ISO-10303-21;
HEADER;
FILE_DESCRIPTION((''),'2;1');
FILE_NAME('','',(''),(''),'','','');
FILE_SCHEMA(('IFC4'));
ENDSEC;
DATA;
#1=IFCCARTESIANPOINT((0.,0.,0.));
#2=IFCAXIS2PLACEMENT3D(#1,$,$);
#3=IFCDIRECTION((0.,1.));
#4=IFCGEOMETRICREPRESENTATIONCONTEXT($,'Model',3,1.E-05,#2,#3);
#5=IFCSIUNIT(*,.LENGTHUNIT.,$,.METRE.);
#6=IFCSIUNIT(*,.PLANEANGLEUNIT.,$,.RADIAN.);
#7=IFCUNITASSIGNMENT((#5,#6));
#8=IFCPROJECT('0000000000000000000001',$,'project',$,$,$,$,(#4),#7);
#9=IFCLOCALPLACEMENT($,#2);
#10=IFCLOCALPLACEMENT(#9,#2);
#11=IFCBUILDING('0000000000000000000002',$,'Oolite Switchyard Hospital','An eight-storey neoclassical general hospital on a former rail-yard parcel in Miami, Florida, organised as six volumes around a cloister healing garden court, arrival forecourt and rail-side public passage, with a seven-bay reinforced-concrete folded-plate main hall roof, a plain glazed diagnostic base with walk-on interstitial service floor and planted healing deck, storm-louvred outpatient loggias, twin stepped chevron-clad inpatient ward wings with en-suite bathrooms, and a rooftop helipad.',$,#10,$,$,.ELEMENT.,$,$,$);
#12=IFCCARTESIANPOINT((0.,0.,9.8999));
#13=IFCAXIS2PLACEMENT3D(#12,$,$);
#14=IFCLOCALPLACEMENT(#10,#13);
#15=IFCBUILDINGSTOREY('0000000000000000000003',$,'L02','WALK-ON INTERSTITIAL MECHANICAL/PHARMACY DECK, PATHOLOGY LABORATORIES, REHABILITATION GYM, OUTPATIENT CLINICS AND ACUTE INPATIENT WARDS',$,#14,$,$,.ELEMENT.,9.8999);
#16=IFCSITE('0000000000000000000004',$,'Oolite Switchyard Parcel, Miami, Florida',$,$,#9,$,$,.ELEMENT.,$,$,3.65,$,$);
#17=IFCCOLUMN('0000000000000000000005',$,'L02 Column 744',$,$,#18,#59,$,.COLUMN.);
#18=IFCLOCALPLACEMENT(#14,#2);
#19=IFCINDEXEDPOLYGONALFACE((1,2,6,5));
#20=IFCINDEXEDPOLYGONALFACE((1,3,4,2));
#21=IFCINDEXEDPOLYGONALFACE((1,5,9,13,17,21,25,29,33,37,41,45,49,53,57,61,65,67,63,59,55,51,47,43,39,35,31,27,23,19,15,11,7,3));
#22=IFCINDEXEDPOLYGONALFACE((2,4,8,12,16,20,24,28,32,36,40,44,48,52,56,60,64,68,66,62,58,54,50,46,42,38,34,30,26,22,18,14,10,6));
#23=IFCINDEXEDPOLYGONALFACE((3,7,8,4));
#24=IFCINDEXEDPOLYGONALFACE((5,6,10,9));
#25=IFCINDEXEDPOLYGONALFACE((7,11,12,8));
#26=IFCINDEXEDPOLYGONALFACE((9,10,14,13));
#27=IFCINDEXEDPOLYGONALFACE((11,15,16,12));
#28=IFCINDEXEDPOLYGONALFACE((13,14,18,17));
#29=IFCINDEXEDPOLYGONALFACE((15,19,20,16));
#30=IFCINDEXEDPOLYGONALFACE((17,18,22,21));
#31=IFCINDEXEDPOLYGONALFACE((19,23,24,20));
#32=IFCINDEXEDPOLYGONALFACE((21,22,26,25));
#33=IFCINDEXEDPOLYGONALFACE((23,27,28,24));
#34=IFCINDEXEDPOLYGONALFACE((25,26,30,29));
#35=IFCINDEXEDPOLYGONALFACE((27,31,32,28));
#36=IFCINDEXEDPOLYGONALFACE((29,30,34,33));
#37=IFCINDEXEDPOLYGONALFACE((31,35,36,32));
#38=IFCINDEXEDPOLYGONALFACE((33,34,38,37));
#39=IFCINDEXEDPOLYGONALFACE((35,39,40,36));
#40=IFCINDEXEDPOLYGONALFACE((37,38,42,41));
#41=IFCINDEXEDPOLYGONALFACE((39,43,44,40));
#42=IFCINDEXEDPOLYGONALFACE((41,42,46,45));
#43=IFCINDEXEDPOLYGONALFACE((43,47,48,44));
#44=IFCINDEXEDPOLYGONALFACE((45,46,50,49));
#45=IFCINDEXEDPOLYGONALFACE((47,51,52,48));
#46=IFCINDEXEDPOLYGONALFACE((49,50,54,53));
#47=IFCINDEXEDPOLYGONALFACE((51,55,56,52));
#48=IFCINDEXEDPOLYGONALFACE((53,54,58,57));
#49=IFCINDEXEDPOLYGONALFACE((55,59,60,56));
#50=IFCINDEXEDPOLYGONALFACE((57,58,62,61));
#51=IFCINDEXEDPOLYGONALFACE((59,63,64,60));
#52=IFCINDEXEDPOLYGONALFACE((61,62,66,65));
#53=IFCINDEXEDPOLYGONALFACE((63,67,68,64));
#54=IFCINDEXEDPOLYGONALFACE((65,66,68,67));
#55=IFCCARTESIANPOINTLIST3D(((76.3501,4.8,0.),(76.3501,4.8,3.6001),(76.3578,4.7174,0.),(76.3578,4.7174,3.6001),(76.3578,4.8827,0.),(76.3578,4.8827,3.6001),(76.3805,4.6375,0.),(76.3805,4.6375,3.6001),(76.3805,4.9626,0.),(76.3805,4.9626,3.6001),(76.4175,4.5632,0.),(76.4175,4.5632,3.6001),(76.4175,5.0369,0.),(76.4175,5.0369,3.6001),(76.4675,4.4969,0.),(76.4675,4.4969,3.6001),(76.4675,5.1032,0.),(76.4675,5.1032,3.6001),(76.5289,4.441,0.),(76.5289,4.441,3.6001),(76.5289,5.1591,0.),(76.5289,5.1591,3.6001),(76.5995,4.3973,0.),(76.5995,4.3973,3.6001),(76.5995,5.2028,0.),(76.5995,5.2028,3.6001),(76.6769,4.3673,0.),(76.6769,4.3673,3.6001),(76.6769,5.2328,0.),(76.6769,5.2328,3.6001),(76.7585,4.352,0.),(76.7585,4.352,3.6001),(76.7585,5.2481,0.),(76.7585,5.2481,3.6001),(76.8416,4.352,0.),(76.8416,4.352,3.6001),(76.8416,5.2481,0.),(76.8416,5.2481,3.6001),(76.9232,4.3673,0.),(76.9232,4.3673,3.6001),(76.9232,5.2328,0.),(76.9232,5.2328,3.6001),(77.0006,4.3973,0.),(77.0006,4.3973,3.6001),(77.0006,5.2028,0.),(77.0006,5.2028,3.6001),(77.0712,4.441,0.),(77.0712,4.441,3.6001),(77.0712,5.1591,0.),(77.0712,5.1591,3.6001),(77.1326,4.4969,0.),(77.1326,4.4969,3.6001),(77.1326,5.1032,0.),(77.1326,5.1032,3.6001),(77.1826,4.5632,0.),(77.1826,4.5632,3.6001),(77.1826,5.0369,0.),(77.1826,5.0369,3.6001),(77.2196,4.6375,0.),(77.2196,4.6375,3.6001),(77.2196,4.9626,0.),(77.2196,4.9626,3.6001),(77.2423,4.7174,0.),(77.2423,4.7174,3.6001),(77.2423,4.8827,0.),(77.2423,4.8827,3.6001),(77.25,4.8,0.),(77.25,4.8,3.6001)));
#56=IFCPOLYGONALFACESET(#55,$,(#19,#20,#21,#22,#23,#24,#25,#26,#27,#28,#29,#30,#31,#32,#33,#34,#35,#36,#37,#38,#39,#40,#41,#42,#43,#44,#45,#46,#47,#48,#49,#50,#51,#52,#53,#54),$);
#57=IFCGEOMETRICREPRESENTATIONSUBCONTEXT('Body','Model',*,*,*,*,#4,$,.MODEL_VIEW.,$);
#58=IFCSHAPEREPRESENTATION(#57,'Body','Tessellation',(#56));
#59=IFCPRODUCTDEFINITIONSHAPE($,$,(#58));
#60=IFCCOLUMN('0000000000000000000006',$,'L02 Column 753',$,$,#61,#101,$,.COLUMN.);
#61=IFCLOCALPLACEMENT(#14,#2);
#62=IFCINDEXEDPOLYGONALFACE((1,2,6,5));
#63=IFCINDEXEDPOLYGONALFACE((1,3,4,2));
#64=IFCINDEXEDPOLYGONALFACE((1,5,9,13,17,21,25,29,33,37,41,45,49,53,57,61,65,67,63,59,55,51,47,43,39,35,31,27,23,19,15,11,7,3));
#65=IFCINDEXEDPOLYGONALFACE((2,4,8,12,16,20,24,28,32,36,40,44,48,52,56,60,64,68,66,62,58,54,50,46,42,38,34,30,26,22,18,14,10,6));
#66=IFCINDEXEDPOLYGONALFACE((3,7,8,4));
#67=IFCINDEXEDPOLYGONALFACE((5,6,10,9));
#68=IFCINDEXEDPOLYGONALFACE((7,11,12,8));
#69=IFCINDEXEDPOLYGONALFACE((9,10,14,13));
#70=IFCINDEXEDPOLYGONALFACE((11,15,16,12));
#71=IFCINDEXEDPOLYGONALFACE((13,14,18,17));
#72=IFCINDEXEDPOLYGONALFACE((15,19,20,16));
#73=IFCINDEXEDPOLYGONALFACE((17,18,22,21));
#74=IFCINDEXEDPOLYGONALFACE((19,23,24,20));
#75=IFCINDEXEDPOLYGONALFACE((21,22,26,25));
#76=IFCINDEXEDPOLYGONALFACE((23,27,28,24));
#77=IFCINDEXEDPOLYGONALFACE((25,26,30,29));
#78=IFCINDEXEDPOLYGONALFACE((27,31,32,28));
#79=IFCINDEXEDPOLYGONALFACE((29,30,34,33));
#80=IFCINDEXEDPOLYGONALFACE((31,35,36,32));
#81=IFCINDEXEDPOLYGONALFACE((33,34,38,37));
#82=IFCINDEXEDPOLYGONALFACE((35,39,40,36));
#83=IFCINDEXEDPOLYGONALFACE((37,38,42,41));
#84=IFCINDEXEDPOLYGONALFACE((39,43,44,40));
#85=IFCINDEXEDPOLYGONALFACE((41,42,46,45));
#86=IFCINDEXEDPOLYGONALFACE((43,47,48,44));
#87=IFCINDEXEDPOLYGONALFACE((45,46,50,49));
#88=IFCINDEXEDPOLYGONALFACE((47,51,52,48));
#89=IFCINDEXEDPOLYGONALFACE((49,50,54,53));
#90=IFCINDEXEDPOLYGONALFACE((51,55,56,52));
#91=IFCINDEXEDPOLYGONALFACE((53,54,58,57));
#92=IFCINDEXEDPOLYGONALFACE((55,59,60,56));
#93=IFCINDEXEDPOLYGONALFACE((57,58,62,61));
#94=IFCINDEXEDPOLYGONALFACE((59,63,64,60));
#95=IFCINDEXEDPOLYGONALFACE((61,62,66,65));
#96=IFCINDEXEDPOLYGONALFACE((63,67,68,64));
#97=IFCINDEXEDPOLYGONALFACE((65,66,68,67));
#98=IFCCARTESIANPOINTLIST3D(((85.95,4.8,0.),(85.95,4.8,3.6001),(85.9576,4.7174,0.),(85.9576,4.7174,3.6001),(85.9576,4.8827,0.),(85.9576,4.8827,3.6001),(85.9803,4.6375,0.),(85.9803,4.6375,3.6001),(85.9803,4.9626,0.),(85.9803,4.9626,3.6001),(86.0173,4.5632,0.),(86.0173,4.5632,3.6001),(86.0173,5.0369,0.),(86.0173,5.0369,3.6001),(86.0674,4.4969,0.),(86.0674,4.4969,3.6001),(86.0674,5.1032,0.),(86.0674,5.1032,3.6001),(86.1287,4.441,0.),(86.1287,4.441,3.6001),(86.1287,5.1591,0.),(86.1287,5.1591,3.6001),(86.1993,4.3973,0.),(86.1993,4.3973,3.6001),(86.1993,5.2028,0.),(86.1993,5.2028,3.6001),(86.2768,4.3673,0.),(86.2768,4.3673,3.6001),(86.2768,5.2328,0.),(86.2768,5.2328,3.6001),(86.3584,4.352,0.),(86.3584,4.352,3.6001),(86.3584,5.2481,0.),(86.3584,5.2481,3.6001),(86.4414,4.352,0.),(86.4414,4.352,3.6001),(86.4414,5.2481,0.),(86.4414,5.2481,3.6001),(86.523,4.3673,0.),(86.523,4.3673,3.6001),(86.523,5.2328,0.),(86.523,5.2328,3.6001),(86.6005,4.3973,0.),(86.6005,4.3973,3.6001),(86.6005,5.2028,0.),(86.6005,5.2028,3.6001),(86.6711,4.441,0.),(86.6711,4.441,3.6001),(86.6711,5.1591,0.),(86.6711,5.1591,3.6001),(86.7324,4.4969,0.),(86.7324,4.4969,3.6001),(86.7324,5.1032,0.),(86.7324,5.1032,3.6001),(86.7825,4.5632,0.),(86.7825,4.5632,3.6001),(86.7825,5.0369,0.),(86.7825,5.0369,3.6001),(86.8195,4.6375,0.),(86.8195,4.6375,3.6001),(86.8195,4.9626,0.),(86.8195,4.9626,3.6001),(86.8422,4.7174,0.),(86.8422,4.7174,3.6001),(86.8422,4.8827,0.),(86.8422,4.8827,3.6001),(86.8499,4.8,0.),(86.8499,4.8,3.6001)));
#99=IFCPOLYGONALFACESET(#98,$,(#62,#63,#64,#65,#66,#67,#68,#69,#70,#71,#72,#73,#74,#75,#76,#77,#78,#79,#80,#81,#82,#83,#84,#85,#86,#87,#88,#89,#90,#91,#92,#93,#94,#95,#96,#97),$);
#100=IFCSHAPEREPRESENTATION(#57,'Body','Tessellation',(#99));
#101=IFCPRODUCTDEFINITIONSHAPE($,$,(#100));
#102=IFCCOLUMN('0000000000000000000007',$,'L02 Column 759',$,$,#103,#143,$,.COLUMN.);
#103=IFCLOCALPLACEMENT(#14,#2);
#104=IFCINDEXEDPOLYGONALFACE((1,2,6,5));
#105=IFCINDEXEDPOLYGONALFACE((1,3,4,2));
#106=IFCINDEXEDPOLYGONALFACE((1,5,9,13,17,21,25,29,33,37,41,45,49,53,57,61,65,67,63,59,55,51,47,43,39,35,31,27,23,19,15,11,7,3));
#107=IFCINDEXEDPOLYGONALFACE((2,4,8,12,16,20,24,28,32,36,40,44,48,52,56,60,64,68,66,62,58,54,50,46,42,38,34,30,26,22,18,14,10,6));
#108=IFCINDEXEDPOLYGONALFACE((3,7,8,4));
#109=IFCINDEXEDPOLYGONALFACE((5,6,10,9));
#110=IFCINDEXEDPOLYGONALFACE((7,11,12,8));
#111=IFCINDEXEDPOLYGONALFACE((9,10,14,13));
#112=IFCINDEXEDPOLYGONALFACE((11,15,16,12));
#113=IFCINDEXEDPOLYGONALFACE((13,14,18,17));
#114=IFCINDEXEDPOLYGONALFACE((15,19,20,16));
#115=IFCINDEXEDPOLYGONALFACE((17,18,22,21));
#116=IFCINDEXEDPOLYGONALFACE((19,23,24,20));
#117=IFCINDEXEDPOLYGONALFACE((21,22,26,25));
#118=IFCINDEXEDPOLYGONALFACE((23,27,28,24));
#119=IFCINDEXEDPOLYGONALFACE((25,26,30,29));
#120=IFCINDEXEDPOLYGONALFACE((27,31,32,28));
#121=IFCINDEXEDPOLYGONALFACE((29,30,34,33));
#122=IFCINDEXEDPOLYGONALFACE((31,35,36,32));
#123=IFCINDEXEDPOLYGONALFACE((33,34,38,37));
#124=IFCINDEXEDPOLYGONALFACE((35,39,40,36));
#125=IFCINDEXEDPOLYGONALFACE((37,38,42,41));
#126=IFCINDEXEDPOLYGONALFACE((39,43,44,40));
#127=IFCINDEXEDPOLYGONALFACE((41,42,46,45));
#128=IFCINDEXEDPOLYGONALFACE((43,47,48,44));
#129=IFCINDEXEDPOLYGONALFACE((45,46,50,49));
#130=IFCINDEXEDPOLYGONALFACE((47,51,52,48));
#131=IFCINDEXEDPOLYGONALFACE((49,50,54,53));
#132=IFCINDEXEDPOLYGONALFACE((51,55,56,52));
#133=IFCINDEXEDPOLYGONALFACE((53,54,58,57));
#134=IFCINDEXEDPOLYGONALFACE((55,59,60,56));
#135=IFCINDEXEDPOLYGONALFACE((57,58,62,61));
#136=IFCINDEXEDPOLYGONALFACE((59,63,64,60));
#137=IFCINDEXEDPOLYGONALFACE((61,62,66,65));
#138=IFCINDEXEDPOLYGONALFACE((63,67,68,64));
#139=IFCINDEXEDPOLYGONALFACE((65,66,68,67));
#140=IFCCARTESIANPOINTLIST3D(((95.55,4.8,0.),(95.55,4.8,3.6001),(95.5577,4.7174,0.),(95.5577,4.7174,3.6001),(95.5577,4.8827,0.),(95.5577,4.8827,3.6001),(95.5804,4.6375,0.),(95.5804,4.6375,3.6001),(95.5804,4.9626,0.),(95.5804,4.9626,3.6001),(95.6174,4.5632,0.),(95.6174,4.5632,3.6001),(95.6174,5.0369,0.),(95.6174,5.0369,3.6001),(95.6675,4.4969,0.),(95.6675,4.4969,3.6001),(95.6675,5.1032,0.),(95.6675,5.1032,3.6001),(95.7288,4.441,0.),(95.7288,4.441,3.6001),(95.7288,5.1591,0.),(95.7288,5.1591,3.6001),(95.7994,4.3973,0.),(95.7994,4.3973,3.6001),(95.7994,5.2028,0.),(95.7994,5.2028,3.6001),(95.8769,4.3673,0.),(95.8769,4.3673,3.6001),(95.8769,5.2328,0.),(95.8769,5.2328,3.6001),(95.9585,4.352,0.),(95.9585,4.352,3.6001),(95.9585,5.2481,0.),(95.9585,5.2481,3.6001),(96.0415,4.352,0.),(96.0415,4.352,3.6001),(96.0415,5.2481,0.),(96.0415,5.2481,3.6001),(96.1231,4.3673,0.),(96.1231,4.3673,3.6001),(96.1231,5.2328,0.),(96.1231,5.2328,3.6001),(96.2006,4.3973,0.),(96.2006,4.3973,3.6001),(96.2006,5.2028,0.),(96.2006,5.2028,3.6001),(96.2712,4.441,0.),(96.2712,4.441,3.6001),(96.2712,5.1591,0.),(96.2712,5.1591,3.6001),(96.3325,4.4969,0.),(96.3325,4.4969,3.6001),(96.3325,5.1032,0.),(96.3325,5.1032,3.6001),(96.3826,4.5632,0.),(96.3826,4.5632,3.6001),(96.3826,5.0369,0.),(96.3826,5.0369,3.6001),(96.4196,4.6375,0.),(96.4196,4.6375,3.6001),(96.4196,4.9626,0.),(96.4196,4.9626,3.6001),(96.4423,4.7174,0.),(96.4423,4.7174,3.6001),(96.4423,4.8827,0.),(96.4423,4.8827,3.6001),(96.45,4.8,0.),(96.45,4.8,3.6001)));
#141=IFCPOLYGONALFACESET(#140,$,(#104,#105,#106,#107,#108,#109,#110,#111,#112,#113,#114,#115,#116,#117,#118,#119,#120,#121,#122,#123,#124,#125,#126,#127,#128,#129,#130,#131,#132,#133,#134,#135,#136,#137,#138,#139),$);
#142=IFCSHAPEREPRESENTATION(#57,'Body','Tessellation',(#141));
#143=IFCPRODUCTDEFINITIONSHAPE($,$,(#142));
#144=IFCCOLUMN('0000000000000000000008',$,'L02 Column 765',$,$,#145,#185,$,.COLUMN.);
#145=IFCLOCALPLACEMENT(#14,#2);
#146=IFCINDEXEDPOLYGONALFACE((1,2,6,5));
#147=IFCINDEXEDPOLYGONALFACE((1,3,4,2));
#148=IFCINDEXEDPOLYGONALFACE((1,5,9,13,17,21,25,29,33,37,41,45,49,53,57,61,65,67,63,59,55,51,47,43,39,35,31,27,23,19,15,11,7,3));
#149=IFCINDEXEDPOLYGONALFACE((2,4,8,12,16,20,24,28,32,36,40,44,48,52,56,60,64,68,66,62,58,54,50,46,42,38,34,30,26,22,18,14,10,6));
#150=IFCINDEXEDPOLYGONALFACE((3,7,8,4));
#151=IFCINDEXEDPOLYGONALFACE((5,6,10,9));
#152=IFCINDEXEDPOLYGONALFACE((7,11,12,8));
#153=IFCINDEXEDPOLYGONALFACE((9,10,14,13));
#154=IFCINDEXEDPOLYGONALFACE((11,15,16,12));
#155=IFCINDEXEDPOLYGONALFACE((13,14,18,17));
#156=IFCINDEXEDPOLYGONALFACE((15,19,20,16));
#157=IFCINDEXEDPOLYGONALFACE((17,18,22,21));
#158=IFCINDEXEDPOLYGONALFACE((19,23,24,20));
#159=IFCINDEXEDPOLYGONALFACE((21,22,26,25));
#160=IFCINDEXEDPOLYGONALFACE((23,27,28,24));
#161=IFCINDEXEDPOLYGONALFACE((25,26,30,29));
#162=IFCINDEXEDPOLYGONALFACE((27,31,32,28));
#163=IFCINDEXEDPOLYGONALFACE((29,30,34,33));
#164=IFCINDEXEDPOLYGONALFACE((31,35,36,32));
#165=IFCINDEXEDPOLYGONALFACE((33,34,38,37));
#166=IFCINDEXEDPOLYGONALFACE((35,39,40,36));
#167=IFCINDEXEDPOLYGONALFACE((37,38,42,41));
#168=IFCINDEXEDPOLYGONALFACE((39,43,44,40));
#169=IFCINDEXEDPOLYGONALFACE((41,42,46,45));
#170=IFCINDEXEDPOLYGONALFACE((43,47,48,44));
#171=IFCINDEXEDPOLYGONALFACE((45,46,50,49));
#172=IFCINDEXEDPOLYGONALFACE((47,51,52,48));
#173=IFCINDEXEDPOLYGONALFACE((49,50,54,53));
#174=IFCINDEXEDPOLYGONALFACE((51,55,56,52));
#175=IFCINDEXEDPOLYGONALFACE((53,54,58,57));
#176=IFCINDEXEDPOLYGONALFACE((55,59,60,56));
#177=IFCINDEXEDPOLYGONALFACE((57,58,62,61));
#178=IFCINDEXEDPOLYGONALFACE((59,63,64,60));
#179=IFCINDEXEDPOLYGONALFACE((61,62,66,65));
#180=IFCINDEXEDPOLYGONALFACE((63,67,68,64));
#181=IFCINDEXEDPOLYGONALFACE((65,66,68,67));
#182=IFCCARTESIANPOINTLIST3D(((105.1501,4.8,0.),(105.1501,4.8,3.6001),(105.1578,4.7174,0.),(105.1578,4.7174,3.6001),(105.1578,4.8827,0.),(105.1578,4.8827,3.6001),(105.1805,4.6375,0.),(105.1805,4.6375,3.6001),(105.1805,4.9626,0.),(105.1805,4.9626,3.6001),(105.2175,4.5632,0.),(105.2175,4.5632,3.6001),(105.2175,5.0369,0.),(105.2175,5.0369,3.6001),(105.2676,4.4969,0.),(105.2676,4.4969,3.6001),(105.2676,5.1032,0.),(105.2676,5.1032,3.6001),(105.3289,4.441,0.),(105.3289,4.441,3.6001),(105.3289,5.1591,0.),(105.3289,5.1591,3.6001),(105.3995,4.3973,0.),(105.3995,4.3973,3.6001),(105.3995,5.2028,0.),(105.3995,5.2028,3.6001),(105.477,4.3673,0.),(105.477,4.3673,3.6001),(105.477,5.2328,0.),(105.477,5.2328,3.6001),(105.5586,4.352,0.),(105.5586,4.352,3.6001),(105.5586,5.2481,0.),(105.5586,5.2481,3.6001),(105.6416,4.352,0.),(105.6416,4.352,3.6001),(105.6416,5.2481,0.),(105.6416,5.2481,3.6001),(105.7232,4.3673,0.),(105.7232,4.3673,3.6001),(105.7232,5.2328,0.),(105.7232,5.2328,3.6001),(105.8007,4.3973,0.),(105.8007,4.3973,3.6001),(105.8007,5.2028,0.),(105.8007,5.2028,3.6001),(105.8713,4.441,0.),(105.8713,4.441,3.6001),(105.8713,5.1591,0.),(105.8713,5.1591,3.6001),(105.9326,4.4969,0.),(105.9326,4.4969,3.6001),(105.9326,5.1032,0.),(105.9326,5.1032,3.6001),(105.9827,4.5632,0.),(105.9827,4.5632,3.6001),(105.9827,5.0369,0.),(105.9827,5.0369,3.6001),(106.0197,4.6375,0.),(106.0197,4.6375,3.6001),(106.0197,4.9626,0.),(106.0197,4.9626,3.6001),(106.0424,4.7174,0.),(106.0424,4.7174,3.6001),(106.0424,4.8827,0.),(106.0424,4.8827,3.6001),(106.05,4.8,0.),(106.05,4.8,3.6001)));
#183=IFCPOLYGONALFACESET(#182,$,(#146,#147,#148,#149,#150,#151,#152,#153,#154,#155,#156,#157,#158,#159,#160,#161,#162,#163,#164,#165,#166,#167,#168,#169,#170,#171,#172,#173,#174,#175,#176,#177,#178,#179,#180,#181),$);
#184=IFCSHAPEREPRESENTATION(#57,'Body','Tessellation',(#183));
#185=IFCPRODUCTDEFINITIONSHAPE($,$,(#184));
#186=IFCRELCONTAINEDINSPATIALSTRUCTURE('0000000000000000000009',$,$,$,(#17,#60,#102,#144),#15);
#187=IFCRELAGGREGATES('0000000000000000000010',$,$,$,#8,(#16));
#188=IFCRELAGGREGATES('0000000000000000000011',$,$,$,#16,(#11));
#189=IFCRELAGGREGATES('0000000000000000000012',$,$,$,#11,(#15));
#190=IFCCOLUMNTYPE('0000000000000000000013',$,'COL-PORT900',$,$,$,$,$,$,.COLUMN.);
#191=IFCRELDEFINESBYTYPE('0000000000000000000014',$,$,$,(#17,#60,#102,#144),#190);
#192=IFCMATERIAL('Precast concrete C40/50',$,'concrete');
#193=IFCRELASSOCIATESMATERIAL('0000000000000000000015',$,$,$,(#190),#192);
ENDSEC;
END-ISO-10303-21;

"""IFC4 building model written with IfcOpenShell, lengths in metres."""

from ifc_helpers import new_model, si_unit, direction, frame, origin, origin_2d, place, context, subcontext, project, spatial, circle, extrude, material, material_profile, profile_set, type_object, element, save


model = new_model("IFC4")

# Units and contexts
model_context = context("Model", 3, precision=1e-05, world=origin(), true_north=direction((0.0, 1.0)))
body_context = subcontext(model_context, "Body", "Model", "MODEL_VIEW")
ifc_project = project(units=[si_unit("LENGTHUNIT", "METRE"), si_unit("PLANEANGLEUNIT", "RADIAN")], contexts=[model_context])

# Site, building, storey
site_placement = place(None, origin())
site = spatial("IfcSite", under=ifc_project, at=site_placement, Name="Oolite Switchyard Parcel, Miami, Florida", CompositionType="ELEMENT", RefElevation=3.65)
building_placement = place(site_placement, origin())
building = spatial("IfcBuilding", under=site, at=building_placement, Name="Oolite Switchyard Hospital", Description="An eight-storey neoclassical general hospital on a former rail-yard parcel in Miami, Florida, organised as six volumes around a cloister healing garden court, arrival forecourt and rail-side public passage, with a seven-bay reinforced-concrete folded-plate main hall roof, a plain glazed diagnostic base with walk-on interstitial service floor and planted healing deck, storm-louvred outpatient loggias, twin stepped chevron-clad inpatient ward wings with en-suite bathrooms, and a rooftop helipad.", CompositionType="ELEMENT")
storey_placement = place(building_placement, frame((0.0, 0.0, 9.8999)))
storey = spatial("IfcBuildingStorey", under=building, at=storey_placement, Name="L02", Description="WALK-ON INTERSTITIAL MECHANICAL/PHARMACY DECK, PATHOLOGY LABORATORIES, REHABILITATION GYM, OUTPATIENT CLINICS AND ACUTE INPATIENT WARDS", CompositionType="ELEMENT", Elevation=9.8999)

# Columns
ifc_material_1 = material(Name="Precast concrete C40/50", Category="concrete")
ifc_material_profile_1 = material_profile(ifc_material_1, circle(Radius=0.45, at=origin_2d()), Name="RCCOL900")
ifc_profile_set_1 = profile_set([ifc_material_profile_1], Name="Precast concrete C40/50")
column_type_1 = type_object("IfcColumnType", Name="COL-PORT900", PredefinedType="COLUMN", material=ifc_profile_set_1)
for number, where, z_axis, x_axis, name in (
    (1, (76.8, 4.8, 0.0), (0.0, 0.0, 1.0), (1.0, 0.0, 0.0), "L02 Column 744"),
    (2, (86.3999, 4.8, 0.0), (0.0, 0.0, 1.0), (1.0, 0.0, 0.0), "L02 Column 753"),
    (3, (96.0, 4.8, 0.0), (0.0, 0.0, 1.0), (1.0, 0.0, 0.0), "L02 Column 759"),
    (4, (105.6001, 4.8, 0.0), (0.0, 0.0, 1.0), (1.0, 0.0, 0.0), "L02 Column 765"),
):
    element("IfcColumn", number, at=place(storey_placement, frame(where, z_axis=z_axis, x_axis=x_axis)), inside=storey, type_object=column_type_1, Name=name, PredefinedType="COLUMN", context=body_context, shape_type="SweptSolid", body=[
        extrude(circle(Radius=0.45, at=origin_2d()), origin(), (0.0, 0.0, 1.0), 3.6001),
    ])

save(model, "model.ifc")
